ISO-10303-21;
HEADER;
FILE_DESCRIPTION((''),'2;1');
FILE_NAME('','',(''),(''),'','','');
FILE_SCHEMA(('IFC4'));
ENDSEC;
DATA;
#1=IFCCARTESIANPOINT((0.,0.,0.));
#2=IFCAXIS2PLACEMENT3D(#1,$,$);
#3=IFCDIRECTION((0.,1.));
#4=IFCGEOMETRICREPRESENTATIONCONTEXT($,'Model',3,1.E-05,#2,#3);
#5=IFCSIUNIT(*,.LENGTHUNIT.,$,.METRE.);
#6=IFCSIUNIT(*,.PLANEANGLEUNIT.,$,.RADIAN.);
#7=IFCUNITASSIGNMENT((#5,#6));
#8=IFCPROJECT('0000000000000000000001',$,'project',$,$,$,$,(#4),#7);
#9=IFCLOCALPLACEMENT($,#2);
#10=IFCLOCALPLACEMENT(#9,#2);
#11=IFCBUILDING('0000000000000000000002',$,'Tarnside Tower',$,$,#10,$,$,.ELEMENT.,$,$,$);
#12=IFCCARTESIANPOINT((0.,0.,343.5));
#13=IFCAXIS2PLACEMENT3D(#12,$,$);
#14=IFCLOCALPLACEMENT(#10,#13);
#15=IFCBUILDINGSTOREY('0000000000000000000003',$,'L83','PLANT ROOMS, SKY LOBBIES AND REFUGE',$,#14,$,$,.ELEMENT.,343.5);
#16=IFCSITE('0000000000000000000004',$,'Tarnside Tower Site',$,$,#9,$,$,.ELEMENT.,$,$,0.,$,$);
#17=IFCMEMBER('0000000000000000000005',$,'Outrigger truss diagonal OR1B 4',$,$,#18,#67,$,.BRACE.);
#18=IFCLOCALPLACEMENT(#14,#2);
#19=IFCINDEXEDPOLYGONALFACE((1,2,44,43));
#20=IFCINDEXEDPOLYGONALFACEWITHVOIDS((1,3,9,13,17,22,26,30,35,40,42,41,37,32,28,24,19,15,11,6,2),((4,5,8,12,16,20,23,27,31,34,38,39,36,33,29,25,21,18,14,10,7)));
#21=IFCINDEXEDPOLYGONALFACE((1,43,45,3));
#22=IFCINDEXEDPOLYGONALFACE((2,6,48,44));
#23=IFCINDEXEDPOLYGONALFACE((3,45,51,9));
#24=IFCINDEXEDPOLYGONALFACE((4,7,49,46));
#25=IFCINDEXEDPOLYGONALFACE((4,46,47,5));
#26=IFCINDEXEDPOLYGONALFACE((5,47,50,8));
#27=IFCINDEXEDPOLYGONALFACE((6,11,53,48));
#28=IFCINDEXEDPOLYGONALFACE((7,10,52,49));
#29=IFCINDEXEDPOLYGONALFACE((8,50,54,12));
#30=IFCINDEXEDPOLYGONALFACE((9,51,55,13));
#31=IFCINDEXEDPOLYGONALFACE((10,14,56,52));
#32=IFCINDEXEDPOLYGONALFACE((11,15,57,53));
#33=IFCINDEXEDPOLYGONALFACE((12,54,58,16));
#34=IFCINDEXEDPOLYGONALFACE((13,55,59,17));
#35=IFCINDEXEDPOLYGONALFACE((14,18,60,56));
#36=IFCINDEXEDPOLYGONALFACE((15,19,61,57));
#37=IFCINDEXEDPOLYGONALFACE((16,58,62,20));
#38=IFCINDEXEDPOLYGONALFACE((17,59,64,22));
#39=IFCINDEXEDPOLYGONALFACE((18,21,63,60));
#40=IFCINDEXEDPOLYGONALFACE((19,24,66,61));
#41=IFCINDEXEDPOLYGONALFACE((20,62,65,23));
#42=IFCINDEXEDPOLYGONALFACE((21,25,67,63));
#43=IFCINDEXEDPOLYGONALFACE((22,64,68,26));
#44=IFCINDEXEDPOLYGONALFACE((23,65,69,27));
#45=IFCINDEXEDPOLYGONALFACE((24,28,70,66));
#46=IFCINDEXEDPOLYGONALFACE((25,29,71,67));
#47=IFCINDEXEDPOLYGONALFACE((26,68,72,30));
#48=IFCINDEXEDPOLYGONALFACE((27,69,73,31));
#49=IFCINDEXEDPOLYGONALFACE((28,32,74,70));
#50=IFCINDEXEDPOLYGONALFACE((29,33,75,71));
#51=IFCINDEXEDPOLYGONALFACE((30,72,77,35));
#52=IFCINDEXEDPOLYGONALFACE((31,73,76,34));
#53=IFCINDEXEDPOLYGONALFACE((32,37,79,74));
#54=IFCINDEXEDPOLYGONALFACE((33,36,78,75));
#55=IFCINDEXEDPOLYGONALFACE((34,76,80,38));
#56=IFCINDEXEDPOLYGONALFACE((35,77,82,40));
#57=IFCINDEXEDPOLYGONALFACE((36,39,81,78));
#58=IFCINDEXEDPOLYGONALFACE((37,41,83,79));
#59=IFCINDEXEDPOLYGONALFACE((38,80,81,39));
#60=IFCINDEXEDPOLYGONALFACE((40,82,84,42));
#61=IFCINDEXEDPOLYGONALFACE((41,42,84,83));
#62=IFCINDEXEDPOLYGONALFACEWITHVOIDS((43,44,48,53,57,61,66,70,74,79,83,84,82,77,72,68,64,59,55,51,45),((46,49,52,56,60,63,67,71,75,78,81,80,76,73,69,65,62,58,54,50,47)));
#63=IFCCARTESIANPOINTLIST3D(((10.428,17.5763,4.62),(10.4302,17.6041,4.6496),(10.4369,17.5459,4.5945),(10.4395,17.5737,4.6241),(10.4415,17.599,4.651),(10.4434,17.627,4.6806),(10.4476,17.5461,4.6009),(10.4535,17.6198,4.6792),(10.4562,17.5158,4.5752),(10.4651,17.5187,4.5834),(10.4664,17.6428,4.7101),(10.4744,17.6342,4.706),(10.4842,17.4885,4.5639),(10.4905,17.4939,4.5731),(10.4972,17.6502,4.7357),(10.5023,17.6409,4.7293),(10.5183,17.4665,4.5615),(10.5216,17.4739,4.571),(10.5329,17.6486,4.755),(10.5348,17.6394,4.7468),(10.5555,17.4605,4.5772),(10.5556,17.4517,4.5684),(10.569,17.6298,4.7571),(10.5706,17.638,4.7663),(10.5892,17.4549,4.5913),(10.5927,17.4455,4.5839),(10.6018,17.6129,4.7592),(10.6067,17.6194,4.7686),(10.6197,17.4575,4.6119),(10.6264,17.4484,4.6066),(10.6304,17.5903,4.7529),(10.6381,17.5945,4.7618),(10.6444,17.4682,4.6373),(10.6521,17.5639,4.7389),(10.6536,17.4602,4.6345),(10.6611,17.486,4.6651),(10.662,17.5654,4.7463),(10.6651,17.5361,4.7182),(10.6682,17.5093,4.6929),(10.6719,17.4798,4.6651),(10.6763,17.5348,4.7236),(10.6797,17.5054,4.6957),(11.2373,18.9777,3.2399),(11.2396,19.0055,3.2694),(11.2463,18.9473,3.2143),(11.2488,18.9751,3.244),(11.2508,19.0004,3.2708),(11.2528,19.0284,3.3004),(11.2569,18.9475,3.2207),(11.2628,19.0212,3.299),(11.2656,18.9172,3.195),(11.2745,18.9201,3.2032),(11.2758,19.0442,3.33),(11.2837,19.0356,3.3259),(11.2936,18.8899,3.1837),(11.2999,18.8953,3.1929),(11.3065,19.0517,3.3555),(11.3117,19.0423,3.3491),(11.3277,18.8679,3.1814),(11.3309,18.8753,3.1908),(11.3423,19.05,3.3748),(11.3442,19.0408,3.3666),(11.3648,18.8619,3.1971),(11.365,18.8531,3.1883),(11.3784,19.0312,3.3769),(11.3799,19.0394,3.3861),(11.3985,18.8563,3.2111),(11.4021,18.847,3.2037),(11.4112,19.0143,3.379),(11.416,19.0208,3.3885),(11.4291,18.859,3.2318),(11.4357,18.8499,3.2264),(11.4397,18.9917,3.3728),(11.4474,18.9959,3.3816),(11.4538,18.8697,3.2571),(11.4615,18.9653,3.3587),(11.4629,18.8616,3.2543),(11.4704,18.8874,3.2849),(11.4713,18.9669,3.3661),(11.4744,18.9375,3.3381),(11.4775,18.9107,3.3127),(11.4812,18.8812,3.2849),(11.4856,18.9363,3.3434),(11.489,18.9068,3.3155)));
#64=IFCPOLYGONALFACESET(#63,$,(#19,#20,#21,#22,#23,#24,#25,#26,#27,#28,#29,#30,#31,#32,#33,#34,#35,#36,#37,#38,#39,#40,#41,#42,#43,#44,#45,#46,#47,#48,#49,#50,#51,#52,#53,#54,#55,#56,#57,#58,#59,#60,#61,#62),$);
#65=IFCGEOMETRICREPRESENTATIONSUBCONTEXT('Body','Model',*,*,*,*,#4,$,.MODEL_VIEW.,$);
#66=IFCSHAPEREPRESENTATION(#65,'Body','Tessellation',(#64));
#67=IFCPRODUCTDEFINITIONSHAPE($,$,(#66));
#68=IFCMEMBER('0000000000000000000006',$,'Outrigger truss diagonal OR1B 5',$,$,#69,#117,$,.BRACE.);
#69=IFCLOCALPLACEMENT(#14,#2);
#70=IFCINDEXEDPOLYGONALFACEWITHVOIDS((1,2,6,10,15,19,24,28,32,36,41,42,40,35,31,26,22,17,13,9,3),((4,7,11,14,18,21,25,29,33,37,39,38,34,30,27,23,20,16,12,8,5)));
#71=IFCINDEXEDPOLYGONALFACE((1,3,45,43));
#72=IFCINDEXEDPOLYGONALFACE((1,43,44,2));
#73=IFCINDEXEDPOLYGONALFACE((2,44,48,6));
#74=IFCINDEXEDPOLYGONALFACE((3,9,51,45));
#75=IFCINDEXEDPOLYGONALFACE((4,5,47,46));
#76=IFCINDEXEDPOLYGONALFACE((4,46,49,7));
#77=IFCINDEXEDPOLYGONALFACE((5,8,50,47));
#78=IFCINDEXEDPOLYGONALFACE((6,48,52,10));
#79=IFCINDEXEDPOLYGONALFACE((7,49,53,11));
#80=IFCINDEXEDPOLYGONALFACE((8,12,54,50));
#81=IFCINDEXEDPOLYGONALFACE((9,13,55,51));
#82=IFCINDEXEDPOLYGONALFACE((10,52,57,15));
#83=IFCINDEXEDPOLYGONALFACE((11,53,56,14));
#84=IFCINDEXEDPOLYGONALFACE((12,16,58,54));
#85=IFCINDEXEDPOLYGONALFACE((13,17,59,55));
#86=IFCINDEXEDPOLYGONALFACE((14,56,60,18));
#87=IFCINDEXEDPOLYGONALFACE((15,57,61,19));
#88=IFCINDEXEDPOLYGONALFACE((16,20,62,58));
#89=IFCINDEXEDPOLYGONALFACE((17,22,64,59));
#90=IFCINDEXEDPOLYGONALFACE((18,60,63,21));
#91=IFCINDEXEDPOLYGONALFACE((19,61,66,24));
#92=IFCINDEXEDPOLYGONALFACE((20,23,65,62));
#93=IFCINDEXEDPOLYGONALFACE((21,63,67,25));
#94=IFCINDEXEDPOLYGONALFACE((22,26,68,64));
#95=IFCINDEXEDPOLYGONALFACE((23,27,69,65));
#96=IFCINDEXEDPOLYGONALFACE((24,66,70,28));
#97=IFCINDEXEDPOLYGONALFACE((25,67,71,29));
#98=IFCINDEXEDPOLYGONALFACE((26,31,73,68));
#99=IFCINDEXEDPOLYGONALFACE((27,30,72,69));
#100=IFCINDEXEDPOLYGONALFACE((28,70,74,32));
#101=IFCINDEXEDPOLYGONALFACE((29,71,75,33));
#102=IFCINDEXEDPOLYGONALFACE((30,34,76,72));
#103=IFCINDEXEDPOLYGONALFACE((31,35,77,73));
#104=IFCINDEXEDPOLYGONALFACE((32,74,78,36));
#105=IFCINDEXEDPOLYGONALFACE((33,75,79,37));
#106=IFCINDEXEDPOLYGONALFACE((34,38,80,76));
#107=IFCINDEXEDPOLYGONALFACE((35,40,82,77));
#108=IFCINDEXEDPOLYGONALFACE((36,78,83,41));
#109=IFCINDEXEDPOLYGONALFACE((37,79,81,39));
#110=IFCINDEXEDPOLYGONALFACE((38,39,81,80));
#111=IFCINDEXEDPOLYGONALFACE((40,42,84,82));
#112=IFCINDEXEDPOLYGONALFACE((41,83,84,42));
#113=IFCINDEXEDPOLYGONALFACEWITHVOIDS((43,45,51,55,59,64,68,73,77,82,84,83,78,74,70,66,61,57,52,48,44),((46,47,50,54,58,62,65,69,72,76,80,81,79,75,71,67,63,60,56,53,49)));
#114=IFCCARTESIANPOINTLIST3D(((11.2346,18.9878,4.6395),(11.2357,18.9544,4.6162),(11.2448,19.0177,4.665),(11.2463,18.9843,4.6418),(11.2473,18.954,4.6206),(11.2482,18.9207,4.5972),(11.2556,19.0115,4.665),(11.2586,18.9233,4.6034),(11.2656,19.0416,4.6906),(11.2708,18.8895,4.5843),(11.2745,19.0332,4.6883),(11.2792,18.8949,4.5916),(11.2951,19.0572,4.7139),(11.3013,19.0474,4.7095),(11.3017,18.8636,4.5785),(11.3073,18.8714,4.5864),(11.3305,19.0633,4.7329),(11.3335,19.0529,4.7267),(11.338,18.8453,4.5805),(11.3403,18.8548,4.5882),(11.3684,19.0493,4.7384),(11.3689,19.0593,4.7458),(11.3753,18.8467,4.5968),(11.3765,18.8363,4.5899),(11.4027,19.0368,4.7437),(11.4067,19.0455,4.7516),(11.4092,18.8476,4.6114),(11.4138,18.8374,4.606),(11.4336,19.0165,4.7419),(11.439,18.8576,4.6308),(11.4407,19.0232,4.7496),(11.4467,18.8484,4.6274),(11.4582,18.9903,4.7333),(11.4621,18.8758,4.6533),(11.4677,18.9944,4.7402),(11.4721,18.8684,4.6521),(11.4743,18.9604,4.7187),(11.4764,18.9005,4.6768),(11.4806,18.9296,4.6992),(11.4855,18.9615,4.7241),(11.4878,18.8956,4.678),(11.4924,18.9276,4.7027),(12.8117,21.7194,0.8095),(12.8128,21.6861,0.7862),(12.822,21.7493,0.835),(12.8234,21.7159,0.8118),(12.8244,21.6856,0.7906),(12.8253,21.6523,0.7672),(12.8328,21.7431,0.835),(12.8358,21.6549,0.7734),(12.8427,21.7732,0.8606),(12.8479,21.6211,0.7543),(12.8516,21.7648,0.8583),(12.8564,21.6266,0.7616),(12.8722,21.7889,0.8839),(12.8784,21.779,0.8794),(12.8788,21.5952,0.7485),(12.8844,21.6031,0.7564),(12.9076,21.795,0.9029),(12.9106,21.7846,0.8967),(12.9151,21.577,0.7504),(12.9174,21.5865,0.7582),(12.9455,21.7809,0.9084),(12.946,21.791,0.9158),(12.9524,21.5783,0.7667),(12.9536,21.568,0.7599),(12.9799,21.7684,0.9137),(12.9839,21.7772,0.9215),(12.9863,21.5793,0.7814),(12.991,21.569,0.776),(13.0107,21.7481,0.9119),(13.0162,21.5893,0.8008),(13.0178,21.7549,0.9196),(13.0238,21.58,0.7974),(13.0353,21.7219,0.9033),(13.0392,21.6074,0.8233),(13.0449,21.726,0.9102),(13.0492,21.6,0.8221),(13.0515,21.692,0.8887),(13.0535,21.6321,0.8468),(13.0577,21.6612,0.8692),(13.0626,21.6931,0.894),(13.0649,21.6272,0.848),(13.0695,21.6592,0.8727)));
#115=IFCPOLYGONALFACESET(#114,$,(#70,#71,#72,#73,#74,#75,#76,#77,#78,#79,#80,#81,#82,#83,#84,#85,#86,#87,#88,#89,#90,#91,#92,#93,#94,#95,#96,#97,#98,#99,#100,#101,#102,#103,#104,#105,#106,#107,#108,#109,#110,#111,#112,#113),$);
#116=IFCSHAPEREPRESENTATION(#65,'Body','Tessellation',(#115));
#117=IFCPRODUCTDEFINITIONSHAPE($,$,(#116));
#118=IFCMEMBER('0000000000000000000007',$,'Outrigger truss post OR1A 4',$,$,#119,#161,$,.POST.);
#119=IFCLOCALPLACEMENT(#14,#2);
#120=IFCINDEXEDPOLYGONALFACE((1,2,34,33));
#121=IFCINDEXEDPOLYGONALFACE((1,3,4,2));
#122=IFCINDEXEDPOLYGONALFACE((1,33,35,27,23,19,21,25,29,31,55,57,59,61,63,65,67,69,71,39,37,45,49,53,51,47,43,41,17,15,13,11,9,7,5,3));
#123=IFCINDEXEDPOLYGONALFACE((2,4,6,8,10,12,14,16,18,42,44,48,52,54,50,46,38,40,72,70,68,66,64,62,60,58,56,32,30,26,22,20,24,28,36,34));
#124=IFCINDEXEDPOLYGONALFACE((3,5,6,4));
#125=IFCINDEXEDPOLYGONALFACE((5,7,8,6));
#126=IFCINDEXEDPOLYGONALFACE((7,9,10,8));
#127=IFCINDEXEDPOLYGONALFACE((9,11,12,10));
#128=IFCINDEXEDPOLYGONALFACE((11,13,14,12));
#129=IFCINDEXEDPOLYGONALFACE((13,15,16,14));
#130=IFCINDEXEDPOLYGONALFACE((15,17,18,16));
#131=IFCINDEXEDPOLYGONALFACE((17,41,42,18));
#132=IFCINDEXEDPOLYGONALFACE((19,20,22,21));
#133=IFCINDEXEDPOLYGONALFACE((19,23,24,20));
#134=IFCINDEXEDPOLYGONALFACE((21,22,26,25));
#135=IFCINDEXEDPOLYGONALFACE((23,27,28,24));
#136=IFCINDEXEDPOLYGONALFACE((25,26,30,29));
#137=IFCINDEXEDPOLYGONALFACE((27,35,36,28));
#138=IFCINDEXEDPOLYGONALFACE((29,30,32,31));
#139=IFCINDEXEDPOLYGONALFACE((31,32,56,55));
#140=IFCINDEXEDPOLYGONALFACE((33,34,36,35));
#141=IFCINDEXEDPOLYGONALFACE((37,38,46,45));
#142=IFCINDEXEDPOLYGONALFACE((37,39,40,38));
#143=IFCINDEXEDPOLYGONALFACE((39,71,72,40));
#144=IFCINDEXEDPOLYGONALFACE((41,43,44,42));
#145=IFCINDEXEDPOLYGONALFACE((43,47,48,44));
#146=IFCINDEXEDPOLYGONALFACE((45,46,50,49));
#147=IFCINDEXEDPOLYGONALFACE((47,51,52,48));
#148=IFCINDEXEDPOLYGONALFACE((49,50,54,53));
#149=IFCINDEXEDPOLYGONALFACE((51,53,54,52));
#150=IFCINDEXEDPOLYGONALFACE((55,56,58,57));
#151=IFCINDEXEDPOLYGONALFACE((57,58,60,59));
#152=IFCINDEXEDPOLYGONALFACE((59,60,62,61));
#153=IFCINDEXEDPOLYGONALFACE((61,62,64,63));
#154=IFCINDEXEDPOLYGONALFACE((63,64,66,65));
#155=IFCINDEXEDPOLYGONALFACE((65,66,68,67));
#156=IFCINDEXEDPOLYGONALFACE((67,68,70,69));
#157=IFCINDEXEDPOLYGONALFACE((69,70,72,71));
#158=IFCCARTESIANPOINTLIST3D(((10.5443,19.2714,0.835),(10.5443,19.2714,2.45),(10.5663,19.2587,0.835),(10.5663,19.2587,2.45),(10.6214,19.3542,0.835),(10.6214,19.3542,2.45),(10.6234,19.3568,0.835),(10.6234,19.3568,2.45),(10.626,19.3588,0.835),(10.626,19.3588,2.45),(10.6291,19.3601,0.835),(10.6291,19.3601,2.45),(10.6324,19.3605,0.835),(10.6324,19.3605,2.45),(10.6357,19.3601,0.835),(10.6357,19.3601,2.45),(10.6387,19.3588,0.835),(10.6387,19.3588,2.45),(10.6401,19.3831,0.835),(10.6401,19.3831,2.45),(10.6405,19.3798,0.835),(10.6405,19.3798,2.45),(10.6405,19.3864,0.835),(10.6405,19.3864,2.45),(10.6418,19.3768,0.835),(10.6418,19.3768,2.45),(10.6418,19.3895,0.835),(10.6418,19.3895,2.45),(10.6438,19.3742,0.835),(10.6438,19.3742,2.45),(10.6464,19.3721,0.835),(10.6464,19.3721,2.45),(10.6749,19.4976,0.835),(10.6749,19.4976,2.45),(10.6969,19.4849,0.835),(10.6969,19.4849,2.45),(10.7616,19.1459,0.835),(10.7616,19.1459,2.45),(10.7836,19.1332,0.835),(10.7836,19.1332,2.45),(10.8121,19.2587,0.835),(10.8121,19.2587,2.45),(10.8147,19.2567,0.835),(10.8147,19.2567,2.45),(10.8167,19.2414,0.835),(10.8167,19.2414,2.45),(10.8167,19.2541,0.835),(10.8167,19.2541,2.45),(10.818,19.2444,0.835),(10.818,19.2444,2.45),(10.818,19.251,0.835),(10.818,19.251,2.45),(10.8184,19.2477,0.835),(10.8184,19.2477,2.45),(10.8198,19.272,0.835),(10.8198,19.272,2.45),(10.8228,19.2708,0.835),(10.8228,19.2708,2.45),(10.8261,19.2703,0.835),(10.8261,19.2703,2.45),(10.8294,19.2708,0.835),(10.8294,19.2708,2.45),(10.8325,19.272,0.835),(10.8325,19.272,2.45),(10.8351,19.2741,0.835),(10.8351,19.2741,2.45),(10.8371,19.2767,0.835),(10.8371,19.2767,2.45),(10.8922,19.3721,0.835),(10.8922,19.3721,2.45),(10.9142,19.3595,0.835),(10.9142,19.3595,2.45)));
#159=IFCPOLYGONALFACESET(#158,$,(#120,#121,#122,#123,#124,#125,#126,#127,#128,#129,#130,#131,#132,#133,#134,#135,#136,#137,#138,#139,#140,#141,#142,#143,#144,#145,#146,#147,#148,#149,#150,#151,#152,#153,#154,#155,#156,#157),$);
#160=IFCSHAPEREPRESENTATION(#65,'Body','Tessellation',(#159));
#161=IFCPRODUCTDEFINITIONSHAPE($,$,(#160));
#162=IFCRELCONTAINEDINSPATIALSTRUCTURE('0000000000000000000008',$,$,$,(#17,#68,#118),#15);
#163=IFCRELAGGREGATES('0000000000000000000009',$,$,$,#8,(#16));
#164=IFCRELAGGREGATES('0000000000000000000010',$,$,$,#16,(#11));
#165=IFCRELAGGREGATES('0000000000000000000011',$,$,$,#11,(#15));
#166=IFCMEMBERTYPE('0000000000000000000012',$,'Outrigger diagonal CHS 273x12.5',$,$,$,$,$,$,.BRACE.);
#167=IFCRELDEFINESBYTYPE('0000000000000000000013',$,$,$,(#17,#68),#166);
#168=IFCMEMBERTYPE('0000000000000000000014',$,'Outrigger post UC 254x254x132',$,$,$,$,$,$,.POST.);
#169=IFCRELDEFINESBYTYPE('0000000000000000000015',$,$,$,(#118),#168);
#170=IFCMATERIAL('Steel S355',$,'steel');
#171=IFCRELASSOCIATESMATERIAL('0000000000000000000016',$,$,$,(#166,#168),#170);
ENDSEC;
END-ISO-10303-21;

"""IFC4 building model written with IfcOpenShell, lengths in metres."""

from ifc_helpers import new_model, si_unit, direction, frame, origin, origin_2d, place, context, subcontext, project, spatial, hollow_circle, i_section, extrude, material, material_profile, profile_set, type_object, element, save


model = new_model("IFC4")

# Units and contexts
model_context = context("Model", 3, precision=1e-05, world=origin(), true_north=direction((0.0, 1.0)))
body_context = subcontext(model_context, "Body", "Model", "MODEL_VIEW")
ifc_project = project(units=[si_unit("LENGTHUNIT", "METRE"), si_unit("PLANEANGLEUNIT", "RADIAN")], contexts=[model_context])

# Site, building, storey
site_placement = place(None, origin())
site = spatial("IfcSite", under=ifc_project, at=site_placement, Name="Tarnside Tower Site", CompositionType="ELEMENT", RefElevation=0.0)
building_placement = place(site_placement, origin())
building = spatial("IfcBuilding", under=site, at=building_placement, Name="Tarnside Tower", CompositionType="ELEMENT")
storey_placement = place(building_placement, frame((0.0, 0.0, 343.5)))
storey = spatial("IfcBuildingStorey", under=building, at=storey_placement, Name="L83", Description="PLANT ROOMS, SKY LOBBIES AND REFUGE", CompositionType="ELEMENT", Elevation=343.5)

# Shared definitions
ifc_material_1 = material(Name="Steel S355", Category="steel")

# Members
ifc_material_profile_1 = material_profile(ifc_material_1, hollow_circle(Radius=0.1365, WallThickness=0.0125, at=origin_2d()), Name="CHS 273x12.5")
ifc_profile_set_1 = profile_set([ifc_material_profile_1], Name="Steel S355")
member_type_1 = type_object("IfcMemberType", Name="Outrigger diagonal CHS 273x12.5", PredefinedType="BRACE", material=ifc_profile_set_1)
member_1_placement = place(storey_placement, frame((11.363, 18.9495, 3.2849), z_axis=(-0.380524, -0.658886, 0.6489), x_axis=(0.865959, -0.500114, 0.0)))
element("IfcMember", 1, at=member_1_placement, inside=storey, type_object=member_type_1, Name="Outrigger truss diagonal OR1B 4", PredefinedType="BRACE", context=body_context, shape_type="SweptSolid", body=[
    extrude(hollow_circle(Radius=0.1365, WallThickness=0.0125, at=origin_2d()), origin(), (0.0, 0.0, 1.0), 2.127),
])
member_2_placement = place(storey_placement, frame((11.363, 18.9495, 4.665), z_axis=(0.317861, 0.550549, -0.77192), x_axis=(-0.866024, 0.500002, 0.0)))
element("IfcMember", 2, at=member_2_placement, inside=storey, type_object=member_type_1, Name="Outrigger truss diagonal OR1B 5", PredefinedType="BRACE", context=body_context, shape_type="SweptSolid", body=[
    extrude(hollow_circle(Radius=0.1365, WallThickness=0.0125, at=origin_2d()), origin(), (0.0, 0.0, 1.0), 4.9617),
])
ifc_material_profile_2 = material_profile(ifc_material_1, i_section(OverallWidth=0.2612, OverallDepth=0.2764, WebThickness=0.0154, FlangeThickness=0.0254, FilletRadius=0.0127, at=origin_2d()), Name="UC 254x254x132")
ifc_profile_set_2 = profile_set([ifc_material_profile_2], Name="Steel S355")
member_type_2 = type_object("IfcMemberType", Name="Outrigger post UC 254x254x132", PredefinedType="POST", material=ifc_profile_set_2)
member_3_placement = place(storey_placement, frame((10.7292, 19.3154, 0.835), z_axis=(0.0, 0.0, 1.0), x_axis=(0.5, 0.866025, 0.0)))
element("IfcMember", 3, at=member_3_placement, inside=storey, type_object=member_type_2, Name="Outrigger truss post OR1A 4", PredefinedType="POST", context=body_context, shape_type="SweptSolid", body=[
    extrude(i_section(OverallWidth=0.2612, OverallDepth=0.2764, WebThickness=0.0154, FlangeThickness=0.0254, FilletRadius=0.0127, at=origin_2d()), origin(), (0.0, 0.0, 1.0), 1.615),
])

save(model, "model.ifc")
